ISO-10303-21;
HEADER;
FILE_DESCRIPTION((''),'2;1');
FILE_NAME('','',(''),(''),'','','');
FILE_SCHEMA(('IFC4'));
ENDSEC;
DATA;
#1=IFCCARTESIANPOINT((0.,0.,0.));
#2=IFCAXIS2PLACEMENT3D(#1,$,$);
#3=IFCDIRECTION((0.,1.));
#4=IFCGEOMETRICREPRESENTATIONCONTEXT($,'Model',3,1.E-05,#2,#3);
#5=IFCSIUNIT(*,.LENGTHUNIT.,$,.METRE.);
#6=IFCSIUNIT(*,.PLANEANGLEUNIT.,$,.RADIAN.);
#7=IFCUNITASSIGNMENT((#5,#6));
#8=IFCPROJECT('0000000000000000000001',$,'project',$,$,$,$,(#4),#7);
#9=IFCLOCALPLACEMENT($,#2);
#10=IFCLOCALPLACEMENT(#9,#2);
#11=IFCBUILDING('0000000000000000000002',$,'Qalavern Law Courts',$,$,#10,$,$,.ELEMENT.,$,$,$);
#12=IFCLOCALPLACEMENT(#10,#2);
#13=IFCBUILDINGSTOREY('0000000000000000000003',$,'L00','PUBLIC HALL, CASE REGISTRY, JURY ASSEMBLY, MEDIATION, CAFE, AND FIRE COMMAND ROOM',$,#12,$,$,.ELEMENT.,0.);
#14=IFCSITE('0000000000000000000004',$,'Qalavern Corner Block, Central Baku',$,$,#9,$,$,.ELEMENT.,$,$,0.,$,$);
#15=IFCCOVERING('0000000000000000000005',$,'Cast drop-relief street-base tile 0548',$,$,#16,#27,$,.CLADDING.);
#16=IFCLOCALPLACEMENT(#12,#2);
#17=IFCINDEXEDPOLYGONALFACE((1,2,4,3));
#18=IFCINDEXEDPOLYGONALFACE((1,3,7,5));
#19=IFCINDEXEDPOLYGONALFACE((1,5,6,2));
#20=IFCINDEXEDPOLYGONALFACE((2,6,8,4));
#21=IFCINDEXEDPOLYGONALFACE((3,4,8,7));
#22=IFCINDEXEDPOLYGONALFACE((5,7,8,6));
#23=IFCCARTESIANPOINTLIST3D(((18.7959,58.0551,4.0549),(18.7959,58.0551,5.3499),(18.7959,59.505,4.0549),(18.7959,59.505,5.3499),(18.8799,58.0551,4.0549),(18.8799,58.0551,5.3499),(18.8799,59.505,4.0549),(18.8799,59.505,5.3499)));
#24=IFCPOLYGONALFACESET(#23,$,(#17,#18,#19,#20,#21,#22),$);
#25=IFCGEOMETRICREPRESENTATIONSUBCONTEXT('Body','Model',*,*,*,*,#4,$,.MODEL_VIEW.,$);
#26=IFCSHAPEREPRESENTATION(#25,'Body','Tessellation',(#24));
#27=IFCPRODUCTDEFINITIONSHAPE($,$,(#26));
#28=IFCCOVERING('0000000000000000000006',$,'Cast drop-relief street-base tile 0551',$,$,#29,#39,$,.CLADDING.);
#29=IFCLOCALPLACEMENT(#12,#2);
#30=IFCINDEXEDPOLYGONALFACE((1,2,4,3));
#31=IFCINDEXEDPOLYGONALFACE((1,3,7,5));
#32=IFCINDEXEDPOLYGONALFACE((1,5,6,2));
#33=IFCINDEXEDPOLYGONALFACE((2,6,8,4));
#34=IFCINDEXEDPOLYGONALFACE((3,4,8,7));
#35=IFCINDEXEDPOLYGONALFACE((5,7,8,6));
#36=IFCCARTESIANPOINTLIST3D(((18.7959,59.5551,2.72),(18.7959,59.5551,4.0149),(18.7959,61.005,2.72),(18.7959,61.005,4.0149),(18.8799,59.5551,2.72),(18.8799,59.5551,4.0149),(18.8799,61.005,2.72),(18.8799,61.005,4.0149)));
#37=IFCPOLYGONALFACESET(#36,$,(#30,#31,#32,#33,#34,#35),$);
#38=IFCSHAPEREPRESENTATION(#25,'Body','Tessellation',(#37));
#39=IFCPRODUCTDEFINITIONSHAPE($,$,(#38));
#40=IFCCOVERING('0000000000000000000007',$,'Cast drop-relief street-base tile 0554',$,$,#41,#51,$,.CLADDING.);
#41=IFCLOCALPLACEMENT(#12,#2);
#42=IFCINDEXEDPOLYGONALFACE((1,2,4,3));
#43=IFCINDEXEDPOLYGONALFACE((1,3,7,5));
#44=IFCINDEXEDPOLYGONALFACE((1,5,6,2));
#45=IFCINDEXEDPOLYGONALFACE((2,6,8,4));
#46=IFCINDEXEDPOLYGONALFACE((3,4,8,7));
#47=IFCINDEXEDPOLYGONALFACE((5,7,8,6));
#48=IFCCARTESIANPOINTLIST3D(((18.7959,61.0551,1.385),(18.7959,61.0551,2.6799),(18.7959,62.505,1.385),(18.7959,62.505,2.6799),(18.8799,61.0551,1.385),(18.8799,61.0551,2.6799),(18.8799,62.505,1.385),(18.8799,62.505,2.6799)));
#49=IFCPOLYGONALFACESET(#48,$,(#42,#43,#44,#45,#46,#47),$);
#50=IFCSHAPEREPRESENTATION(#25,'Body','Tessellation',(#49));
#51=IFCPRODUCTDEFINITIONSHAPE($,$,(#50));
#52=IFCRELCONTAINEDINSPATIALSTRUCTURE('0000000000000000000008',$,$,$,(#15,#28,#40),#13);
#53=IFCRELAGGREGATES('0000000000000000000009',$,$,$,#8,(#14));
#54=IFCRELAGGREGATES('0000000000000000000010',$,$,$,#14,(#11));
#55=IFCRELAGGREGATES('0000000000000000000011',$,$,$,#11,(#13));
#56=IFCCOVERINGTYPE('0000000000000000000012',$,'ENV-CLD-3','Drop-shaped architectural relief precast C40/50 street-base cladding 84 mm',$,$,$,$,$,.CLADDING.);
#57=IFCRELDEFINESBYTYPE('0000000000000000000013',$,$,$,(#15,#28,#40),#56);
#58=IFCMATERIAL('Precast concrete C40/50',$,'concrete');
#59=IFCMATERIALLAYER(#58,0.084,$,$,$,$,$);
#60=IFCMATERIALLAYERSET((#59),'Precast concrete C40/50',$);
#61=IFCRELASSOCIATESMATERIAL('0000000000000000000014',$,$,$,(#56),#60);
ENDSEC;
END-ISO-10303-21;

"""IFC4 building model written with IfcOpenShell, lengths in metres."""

from ifc_helpers import new_model, si_unit, direction, frame, origin, origin_2d, place, context, subcontext, project, spatial, rectangle, extrude, material, layer, layer_set, type_object, element, save


model = new_model("IFC4")

# Units and contexts
model_context = context("Model", 3, precision=1e-05, world=origin(), true_north=direction((0.0, 1.0)))
body_context = subcontext(model_context, "Body", "Model", "MODEL_VIEW")
ifc_project = project(units=[si_unit("LENGTHUNIT", "METRE"), si_unit("PLANEANGLEUNIT", "RADIAN")], contexts=[model_context])

# Site, building, storey
site_placement = place(None, origin())
site = spatial("IfcSite", under=ifc_project, at=site_placement, Name="Qalavern Corner Block, Central Baku", CompositionType="ELEMENT", RefElevation=0.0)
building_placement = place(site_placement, origin())
building = spatial("IfcBuilding", under=site, at=building_placement, Name="Qalavern Law Courts", CompositionType="ELEMENT")
storey_placement = place(building_placement, origin())
storey = spatial("IfcBuildingStorey", under=building, at=storey_placement, Name="L00", Description="PUBLIC HALL, CASE REGISTRY, JURY ASSEMBLY, MEDIATION, CAFE, AND FIRE COMMAND ROOM", CompositionType="ELEMENT", Elevation=0.0)

# Coverings
ifc_material = material(Name="Precast concrete C40/50", Category="concrete")
ifc_layer_1 = layer(ifc_material, 0.084)
ifc_layer_set_1 = layer_set([ifc_layer_1], Name="Precast concrete C40/50")
covering_type_1 = type_object("IfcCoveringType", Name="ENV-CLD-3", Description="Drop-shaped architectural relief precast C40/50 street-base cladding 84 mm", PredefinedType="CLADDING", material=ifc_layer_set_1)
for number, where, z_axis, x_axis, name in (
    (1, (18.8379, 58.78, 4.0549), (0.0, 0.0, 1.0), (0.0, 1.0, 0.0), "Cast drop-relief street-base tile 0548"),
    (2, (18.8379, 60.28, 2.72), (0.0, 0.0, 1.0), (0.0, 1.0, 0.0), "Cast drop-relief street-base tile 0551"),
    (3, (18.8379, 61.78, 1.385), (0.0, 0.0, 1.0), (0.0, 1.0, 0.0), "Cast drop-relief street-base tile 0554"),
):
    element("IfcCovering", number, at=place(storey_placement, frame(where, z_axis=z_axis, x_axis=x_axis)), inside=storey, type_object=covering_type_1, Name=name, PredefinedType="CLADDING", context=body_context, shape_type="SweptSolid", body=[
        extrude(rectangle(XDim=1.45, YDim=0.084, at=origin_2d()), origin(), (0.0, 0.0, 1.0), 1.2949),
    ])

save(model, "model.ifc")
